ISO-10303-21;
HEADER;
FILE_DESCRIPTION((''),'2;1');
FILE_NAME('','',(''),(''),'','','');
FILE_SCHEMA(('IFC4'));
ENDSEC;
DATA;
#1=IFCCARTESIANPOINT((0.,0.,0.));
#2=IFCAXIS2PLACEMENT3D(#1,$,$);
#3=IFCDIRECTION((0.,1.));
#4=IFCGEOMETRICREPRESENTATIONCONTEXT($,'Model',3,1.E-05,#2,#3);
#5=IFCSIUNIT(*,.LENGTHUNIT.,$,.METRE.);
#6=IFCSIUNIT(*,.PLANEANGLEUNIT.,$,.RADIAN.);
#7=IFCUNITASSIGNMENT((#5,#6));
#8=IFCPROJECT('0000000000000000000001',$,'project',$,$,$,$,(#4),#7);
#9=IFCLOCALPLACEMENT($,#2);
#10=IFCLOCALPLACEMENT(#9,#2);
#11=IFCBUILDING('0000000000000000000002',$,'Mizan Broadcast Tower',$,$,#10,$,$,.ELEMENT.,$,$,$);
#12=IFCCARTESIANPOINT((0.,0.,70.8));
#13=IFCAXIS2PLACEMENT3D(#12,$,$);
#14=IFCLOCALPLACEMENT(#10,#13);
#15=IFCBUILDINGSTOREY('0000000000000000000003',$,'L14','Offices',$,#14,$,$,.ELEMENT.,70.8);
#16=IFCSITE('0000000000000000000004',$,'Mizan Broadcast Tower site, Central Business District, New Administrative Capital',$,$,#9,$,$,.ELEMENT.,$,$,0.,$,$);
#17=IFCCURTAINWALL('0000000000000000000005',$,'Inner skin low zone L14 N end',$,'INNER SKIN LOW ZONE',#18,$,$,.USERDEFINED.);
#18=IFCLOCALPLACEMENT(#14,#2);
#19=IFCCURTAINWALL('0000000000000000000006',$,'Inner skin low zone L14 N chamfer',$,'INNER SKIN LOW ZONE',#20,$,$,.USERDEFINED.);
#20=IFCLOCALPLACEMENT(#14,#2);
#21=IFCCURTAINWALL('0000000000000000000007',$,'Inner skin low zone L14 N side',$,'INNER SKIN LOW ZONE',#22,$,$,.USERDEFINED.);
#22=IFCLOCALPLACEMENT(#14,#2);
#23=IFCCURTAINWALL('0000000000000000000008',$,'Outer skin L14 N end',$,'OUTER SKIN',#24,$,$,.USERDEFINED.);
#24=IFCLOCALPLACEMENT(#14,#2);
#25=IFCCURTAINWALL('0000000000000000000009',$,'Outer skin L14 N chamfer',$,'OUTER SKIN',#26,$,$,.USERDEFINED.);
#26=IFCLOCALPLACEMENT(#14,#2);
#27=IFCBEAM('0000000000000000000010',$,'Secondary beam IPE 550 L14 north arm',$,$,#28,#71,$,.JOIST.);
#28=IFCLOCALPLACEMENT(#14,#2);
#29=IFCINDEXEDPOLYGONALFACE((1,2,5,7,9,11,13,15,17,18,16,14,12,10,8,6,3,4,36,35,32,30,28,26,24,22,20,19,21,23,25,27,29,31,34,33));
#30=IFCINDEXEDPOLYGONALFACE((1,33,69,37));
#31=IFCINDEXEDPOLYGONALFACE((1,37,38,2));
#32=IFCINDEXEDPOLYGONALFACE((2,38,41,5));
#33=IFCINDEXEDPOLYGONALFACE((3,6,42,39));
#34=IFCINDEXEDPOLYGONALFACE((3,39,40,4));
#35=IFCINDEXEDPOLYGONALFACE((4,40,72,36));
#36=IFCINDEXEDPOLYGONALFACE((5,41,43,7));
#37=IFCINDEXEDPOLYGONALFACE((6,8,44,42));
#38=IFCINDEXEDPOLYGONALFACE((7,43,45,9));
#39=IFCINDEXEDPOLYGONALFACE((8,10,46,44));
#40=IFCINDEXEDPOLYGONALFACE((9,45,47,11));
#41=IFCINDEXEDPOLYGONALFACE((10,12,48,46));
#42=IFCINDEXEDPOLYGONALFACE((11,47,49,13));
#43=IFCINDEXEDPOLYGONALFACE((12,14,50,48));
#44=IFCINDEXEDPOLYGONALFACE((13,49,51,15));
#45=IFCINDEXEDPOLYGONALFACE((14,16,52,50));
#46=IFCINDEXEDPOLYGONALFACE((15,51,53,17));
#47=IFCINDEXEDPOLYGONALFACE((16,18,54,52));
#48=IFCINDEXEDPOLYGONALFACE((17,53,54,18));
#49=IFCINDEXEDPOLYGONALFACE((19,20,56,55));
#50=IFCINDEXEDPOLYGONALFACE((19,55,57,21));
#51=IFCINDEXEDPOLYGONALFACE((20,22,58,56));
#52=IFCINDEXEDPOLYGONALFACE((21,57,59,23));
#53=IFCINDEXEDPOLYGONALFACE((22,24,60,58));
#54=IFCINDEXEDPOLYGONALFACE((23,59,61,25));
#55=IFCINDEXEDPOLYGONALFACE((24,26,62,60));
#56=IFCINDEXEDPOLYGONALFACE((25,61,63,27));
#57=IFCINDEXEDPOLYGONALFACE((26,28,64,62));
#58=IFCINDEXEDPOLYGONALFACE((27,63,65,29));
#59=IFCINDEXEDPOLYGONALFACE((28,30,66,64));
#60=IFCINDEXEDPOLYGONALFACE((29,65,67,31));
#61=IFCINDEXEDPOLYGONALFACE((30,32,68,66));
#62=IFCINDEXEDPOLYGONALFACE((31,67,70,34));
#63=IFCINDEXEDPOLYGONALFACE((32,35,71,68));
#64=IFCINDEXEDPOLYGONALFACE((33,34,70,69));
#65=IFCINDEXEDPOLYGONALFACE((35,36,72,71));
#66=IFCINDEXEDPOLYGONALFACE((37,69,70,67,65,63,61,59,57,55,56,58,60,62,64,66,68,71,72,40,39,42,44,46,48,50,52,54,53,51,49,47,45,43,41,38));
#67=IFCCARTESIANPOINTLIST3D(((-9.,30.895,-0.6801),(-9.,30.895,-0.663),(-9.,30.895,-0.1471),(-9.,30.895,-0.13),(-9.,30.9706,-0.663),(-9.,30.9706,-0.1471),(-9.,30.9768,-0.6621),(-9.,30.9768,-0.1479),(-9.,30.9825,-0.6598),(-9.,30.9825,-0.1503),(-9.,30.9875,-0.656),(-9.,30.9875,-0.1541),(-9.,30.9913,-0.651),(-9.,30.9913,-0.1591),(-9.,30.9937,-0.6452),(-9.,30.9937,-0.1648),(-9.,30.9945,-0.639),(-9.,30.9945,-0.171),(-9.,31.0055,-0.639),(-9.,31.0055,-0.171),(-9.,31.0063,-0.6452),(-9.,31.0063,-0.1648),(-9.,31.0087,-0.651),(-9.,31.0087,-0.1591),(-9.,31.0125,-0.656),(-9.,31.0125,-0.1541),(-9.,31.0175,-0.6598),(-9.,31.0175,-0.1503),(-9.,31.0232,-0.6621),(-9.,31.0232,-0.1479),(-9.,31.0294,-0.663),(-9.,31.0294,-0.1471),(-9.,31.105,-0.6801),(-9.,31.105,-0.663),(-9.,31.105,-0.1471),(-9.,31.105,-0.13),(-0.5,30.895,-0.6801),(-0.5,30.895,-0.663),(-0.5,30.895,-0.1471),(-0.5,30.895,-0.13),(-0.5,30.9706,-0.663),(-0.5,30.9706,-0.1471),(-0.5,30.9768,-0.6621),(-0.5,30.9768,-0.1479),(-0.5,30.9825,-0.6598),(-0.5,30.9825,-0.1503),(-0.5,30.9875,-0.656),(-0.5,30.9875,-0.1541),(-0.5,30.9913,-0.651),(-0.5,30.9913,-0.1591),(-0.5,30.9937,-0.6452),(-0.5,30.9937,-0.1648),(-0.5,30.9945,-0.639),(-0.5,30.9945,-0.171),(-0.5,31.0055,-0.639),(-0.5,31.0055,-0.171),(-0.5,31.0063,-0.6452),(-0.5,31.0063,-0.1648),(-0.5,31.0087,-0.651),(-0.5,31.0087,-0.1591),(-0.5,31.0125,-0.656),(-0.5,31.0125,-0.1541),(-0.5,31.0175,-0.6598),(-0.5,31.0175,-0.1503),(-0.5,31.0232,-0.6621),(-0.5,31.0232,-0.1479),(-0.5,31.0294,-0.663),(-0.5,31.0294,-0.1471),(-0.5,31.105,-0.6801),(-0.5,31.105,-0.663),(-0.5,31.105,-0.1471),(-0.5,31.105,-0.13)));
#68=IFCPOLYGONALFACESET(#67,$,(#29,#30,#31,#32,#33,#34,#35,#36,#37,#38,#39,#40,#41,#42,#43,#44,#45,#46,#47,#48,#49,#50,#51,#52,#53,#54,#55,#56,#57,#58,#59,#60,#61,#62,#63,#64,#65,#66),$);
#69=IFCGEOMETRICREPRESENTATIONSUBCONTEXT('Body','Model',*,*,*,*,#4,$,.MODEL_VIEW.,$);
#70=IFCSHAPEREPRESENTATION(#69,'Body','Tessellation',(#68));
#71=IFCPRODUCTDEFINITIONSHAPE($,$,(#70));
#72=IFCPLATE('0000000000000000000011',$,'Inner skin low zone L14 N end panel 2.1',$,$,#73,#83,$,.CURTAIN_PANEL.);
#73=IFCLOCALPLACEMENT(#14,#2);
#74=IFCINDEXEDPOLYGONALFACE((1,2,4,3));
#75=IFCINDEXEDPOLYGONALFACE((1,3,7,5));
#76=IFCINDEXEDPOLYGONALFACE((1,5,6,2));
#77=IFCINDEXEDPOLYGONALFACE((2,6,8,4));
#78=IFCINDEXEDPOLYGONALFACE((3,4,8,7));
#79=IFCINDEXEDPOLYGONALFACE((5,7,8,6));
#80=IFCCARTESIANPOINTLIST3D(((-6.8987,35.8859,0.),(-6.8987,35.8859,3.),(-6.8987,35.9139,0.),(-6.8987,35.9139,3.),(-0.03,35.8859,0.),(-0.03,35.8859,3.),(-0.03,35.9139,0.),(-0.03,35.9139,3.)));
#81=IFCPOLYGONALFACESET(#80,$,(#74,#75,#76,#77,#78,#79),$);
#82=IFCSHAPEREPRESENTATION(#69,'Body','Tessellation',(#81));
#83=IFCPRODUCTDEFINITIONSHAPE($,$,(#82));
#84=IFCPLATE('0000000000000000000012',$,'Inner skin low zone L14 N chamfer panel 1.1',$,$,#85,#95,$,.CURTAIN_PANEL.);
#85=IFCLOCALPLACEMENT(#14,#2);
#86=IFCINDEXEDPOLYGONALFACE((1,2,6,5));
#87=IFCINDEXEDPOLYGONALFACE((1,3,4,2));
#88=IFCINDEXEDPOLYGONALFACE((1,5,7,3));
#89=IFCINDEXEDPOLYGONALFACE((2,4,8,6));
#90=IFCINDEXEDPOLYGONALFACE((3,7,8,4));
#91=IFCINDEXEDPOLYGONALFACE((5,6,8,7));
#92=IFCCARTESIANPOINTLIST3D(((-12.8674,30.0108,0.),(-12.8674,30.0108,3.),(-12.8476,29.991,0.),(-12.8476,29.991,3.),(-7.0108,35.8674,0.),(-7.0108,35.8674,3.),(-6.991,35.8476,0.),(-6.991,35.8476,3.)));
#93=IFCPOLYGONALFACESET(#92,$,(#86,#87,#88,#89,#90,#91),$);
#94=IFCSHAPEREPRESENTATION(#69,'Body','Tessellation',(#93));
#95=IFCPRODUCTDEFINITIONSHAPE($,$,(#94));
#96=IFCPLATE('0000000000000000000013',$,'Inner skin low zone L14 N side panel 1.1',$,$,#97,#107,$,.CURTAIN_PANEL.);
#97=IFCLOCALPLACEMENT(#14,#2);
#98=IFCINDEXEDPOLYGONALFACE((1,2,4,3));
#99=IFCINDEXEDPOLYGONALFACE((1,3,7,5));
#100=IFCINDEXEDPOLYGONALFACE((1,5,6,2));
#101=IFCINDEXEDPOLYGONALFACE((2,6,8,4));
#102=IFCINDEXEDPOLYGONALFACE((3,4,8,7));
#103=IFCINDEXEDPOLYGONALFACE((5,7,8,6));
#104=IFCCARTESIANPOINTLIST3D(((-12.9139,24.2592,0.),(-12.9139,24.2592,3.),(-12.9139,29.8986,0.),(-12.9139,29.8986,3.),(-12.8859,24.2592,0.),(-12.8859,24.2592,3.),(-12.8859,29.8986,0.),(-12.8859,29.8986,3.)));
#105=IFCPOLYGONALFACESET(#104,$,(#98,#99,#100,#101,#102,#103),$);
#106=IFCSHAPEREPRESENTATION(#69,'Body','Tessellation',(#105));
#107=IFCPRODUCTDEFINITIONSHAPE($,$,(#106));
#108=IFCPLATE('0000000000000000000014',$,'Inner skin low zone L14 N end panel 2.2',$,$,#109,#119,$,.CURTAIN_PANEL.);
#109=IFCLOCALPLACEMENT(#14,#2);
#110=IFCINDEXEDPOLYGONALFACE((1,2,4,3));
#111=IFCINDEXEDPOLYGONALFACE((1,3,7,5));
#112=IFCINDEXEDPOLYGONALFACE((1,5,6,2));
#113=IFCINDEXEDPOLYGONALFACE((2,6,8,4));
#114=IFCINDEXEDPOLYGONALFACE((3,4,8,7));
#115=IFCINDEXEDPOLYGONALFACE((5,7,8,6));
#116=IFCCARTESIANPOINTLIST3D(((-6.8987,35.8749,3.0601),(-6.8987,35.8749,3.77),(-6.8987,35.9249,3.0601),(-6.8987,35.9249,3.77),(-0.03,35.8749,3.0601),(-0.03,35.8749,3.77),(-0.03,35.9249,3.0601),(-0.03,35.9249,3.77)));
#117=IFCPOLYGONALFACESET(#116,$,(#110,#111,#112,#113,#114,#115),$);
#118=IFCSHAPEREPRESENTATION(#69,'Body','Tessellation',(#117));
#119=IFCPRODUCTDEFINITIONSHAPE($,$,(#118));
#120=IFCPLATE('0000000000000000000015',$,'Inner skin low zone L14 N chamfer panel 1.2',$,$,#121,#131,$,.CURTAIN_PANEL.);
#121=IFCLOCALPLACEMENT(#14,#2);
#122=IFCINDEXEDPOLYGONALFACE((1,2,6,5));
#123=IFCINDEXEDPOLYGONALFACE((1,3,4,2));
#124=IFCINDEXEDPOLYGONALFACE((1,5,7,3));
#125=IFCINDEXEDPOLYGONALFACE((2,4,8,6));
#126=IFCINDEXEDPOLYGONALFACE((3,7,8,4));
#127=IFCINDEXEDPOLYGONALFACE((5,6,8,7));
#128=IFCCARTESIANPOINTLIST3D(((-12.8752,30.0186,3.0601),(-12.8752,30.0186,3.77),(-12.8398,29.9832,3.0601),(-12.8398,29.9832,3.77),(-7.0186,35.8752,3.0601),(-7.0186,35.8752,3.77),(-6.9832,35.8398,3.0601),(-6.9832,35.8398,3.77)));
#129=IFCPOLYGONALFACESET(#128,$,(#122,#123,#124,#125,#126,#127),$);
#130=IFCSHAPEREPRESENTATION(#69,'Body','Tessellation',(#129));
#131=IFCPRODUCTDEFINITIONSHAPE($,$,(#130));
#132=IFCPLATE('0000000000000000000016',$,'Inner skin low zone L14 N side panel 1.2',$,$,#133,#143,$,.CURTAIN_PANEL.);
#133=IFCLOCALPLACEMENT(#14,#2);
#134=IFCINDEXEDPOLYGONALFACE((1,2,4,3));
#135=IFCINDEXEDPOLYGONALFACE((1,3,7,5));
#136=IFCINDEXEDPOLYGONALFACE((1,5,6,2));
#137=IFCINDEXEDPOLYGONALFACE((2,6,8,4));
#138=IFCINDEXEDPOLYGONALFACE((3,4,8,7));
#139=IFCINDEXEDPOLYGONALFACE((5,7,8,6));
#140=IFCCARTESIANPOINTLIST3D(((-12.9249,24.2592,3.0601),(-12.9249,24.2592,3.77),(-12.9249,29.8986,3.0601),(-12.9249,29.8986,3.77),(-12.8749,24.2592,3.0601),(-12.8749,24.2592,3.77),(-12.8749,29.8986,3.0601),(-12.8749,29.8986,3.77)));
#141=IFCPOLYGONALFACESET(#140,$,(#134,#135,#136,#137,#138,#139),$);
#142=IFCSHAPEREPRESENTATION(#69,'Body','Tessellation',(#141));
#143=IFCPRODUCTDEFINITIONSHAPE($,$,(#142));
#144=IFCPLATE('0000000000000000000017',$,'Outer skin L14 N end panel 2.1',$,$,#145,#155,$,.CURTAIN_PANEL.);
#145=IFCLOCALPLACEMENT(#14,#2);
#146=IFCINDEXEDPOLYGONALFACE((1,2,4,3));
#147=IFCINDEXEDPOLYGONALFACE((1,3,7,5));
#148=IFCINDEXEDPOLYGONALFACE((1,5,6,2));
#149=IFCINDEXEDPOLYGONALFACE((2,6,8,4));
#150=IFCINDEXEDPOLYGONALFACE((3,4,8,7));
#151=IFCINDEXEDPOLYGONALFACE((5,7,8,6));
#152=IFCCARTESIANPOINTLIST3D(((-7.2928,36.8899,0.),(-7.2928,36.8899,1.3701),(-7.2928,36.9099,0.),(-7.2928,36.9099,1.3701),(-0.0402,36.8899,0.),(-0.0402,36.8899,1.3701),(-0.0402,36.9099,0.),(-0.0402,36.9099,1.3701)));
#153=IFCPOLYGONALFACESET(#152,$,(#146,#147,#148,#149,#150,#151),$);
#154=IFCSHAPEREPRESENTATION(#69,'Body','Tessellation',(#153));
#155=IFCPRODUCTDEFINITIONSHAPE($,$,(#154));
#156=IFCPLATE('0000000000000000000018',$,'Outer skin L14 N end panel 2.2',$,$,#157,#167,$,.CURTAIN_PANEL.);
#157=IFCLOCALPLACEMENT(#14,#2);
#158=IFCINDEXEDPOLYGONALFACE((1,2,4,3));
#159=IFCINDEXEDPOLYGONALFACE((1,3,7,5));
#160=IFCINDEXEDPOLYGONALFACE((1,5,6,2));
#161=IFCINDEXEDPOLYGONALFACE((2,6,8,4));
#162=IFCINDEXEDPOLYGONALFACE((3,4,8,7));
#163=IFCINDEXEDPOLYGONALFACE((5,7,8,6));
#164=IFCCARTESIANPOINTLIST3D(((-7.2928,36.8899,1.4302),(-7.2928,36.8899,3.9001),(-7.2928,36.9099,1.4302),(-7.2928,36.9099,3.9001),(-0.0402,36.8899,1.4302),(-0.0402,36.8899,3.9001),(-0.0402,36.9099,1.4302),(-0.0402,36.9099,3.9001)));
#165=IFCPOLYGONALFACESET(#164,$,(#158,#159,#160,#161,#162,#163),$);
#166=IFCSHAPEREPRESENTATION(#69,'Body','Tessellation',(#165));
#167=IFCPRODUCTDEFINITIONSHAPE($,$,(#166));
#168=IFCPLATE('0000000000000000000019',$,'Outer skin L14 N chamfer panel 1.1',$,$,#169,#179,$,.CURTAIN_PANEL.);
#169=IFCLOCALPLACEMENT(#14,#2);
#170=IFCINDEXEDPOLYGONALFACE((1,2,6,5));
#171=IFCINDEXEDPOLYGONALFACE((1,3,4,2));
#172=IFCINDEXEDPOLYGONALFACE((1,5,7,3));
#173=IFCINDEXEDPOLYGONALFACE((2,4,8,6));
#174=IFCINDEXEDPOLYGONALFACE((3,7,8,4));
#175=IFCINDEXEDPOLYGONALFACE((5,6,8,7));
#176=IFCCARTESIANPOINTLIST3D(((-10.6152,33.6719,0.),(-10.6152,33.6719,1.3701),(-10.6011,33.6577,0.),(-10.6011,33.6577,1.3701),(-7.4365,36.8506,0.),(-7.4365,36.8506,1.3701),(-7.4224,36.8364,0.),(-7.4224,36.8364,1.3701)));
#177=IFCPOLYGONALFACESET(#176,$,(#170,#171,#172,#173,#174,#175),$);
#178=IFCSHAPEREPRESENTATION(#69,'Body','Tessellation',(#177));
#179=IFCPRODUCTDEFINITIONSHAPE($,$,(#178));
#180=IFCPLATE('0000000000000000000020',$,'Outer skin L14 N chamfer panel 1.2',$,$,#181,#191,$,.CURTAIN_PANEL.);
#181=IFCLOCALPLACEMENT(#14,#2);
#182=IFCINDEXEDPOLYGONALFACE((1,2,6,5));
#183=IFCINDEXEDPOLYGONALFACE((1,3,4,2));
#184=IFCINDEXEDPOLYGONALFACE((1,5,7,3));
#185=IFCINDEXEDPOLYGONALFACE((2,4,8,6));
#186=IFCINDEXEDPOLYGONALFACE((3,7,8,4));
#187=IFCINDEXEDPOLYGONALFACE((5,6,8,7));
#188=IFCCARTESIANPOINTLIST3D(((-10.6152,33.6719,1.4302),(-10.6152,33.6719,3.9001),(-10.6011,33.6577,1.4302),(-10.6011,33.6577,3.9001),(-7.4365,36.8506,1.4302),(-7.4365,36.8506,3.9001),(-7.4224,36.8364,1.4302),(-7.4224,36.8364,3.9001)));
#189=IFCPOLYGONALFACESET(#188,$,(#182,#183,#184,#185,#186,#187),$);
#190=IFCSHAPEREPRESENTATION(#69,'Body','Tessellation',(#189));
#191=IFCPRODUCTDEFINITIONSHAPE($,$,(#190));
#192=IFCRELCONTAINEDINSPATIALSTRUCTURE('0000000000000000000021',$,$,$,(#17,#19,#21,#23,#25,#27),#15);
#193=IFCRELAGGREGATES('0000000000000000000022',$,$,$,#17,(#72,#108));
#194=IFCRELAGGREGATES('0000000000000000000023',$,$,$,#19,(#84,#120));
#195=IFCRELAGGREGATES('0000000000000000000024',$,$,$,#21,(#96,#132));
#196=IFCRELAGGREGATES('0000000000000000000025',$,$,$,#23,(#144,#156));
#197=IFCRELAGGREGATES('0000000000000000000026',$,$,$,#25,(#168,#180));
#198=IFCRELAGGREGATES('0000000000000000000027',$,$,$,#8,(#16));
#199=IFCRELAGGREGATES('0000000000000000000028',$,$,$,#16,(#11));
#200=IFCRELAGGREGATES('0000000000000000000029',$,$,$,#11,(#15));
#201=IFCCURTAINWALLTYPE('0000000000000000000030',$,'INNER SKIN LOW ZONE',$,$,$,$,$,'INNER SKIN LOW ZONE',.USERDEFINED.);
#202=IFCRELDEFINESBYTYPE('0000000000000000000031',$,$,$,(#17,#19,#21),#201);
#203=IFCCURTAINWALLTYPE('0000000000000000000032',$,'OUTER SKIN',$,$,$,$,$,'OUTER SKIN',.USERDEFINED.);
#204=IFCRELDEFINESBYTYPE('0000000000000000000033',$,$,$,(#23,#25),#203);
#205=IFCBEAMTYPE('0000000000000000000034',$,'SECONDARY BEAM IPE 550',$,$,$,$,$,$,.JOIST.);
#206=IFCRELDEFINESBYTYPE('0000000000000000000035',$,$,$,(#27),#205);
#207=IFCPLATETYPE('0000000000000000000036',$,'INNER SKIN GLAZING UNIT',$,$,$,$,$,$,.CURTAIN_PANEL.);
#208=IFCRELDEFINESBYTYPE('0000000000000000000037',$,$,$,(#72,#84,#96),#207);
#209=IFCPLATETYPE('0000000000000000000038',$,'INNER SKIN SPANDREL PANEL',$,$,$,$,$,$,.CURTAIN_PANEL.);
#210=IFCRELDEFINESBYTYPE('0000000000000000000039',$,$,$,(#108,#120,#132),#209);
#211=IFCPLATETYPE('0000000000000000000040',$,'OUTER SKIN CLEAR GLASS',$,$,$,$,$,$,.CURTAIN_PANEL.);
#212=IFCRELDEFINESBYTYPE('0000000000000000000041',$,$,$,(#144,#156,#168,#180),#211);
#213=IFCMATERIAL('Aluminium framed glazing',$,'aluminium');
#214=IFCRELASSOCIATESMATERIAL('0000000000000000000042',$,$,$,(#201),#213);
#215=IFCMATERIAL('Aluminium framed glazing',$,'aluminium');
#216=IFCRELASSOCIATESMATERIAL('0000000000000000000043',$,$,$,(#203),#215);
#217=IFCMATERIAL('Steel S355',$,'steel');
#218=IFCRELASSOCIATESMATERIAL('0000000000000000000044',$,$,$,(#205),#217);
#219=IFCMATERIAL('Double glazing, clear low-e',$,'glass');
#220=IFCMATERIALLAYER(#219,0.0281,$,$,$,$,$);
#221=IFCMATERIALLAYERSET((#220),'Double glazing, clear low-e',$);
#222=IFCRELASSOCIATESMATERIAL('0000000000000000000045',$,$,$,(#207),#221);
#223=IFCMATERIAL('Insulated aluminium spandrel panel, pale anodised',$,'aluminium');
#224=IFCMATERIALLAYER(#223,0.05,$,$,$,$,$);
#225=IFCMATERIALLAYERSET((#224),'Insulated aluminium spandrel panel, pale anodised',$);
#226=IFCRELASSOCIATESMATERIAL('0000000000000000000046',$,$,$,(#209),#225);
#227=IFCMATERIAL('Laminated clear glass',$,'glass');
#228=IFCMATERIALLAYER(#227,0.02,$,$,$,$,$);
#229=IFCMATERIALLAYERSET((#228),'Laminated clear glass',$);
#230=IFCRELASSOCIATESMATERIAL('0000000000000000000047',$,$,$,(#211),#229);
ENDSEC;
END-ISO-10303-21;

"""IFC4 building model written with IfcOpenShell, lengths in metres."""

from ifc_helpers import new_model, si_unit, direction, frame, origin, origin_2d, place, context, subcontext, project, spatial, rectangle, i_section, extrude, material, layer, layer_set, material_profile, profile_set, type_object, element, aggregate, save


model = new_model("IFC4")

# Units and contexts
model_context = context("Model", 3, precision=1e-05, world=origin(), true_north=direction((0.0, 1.0)))
body_context = subcontext(model_context, "Body", "Model", "MODEL_VIEW")
ifc_project = project(units=[si_unit("LENGTHUNIT", "METRE"), si_unit("PLANEANGLEUNIT", "RADIAN")], contexts=[model_context])

# Site, building, storey
site_placement = place(None, origin())
site = spatial("IfcSite", under=ifc_project, at=site_placement, Name="Mizan Broadcast Tower site, Central Business District, New Administrative Capital", CompositionType="ELEMENT", RefElevation=0.0)
building_placement = place(site_placement, origin())
building = spatial("IfcBuilding", under=site, at=building_placement, Name="Mizan Broadcast Tower", CompositionType="ELEMENT")
storey_placement = place(building_placement, frame((0.0, 0.0, 70.8)))
storey = spatial("IfcBuildingStorey", under=building, at=storey_placement, Name="L14", Description="Offices", CompositionType="ELEMENT", Elevation=70.8)

# Curtain walls
ifc_material_1 = material(Name="Aluminium framed glazing", Category="aluminium")
curtain_wall_type_1 = type_object("IfcCurtainWallType", Name="INNER SKIN LOW ZONE", ElementType="INNER SKIN LOW ZONE", PredefinedType="USERDEFINED", material=ifc_material_1)
curtain_wall_1_placement = place(storey_placement, origin())
curtain_wall_1 = element("IfcCurtainWall", 1, at=curtain_wall_1_placement, inside=storey, type_object=curtain_wall_type_1, Name="Inner skin low zone L14 N end", ObjectType="INNER SKIN LOW ZONE", PredefinedType="USERDEFINED")
curtain_wall_2_placement = place(storey_placement, origin())
curtain_wall_2 = element("IfcCurtainWall", 2, at=curtain_wall_2_placement, inside=storey, type_object=curtain_wall_type_1, Name="Inner skin low zone L14 N chamfer", ObjectType="INNER SKIN LOW ZONE", PredefinedType="USERDEFINED")
curtain_wall_3_placement = place(storey_placement, origin())
curtain_wall_3 = element("IfcCurtainWall", 3, at=curtain_wall_3_placement, inside=storey, type_object=curtain_wall_type_1, Name="Inner skin low zone L14 N side", ObjectType="INNER SKIN LOW ZONE", PredefinedType="USERDEFINED")

# Curtain walls
ifc_material_2 = material(Name="Aluminium framed glazing", Category="aluminium")
curtain_wall_type_2 = type_object("IfcCurtainWallType", Name="OUTER SKIN", ElementType="OUTER SKIN", PredefinedType="USERDEFINED", material=ifc_material_2)
curtain_wall_4_placement = place(storey_placement, origin())
curtain_wall_4 = element("IfcCurtainWall", 4, at=curtain_wall_4_placement, inside=storey, type_object=curtain_wall_type_2, Name="Outer skin L14 N end", ObjectType="OUTER SKIN", PredefinedType="USERDEFINED")
curtain_wall_5_placement = place(storey_placement, origin())
curtain_wall_5 = element("IfcCurtainWall", 5, at=curtain_wall_5_placement, inside=storey, type_object=curtain_wall_type_2, Name="Outer skin L14 N chamfer", ObjectType="OUTER SKIN", PredefinedType="USERDEFINED")

# Beam
ifc_material_3 = material(Name="Steel S355", Category="steel")
ifc_material_profile_1 = material_profile(ifc_material_3, i_section(OverallWidth=0.21, OverallDepth=0.55, WebThickness=0.011, FlangeThickness=0.0171, FilletRadius=0.0239, at=origin_2d()), Name="IPE 550")
ifc_profile_set_1 = profile_set([ifc_material_profile_1], Name="Steel S355")
beam_type_1 = type_object("IfcBeamType", Name="SECONDARY BEAM IPE 550", PredefinedType="JOIST", material=ifc_profile_set_1)
beam_1_placement = place(storey_placement, frame((-9.0, 31.0, -0.405), z_axis=(1.0, 0.0, 0.0), x_axis=(0.0, 1.0, 0.0)))
element("IfcBeam", 6, at=beam_1_placement, inside=storey, type_object=beam_type_1, Name="Secondary beam IPE 550 L14 north arm", PredefinedType="JOIST", context=body_context, shape_type="SweptSolid", body=[
    extrude(i_section(OverallWidth=0.21, OverallDepth=0.55, WebThickness=0.011, FlangeThickness=0.0171, FilletRadius=0.0239, at=origin_2d()), origin(), (0.0, 0.0, 1.0), 8.5),
])

# Plates
ifc_material_4 = material(Name="Double glazing, clear low-e", Category="glass")
ifc_layer_1 = layer(ifc_material_4, 0.0281)
ifc_layer_set_1 = layer_set([ifc_layer_1], Name="Double glazing, clear low-e")
plate_type_1 = type_object("IfcPlateType", Name="INNER SKIN GLAZING UNIT", PredefinedType="CURTAIN_PANEL", material=ifc_layer_set_1)
plate_1_placement = place(storey_placement, frame((-3.4644, 35.8999, 0.0), z_axis=(0.0, 0.0, 1.0), x_axis=(-1.0, 0.0, 0.0)))
plate_1 = element("IfcPlate", 7, at=plate_1_placement, type_object=plate_type_1, Name="Inner skin low zone L14 N end panel 2.1", PredefinedType="CURTAIN_PANEL", context=body_context, shape_type="SweptSolid", body=[
    extrude(rectangle(XDim=6.8687, YDim=0.0281, at=origin_2d()), origin(), (0.0, 0.0, 1.0), 3.0),
])
plate_2_placement = place(storey_placement, frame((-9.9292, 32.9292, 0.0), z_axis=(0.0, 0.0, 1.0), x_axis=(-0.707107, -0.707107, 0.0)))
plate_2 = element("IfcPlate", 8, at=plate_2_placement, type_object=plate_type_1, Name="Inner skin low zone L14 N chamfer panel 1.1", PredefinedType="CURTAIN_PANEL", context=body_context, shape_type="SweptSolid", body=[
    extrude(rectangle(XDim=8.2825, YDim=0.0281, at=origin_2d()), origin(), (0.0, 0.0, 1.0), 3.0),
])
plate_3_placement = place(storey_placement, frame((-12.8999, 27.0789, 0.0), z_axis=(0.0, 0.0, 1.0), x_axis=(0.0, -1.0, 0.0)))
plate_3 = element("IfcPlate", 9, at=plate_3_placement, type_object=plate_type_1, Name="Inner skin low zone L14 N side panel 1.1", PredefinedType="CURTAIN_PANEL", context=body_context, shape_type="SweptSolid", body=[
    extrude(rectangle(XDim=5.6394, YDim=0.0281, at=origin_2d()), origin(), (0.0, 0.0, 1.0), 3.0),
])
ifc_material_5 = material(Name="Insulated aluminium spandrel panel, pale anodised", Category="aluminium")
ifc_layer_2 = layer(ifc_material_5, 0.05)
ifc_layer_set_2 = layer_set([ifc_layer_2], Name="Insulated aluminium spandrel panel, pale anodised")
plate_type_2 = type_object("IfcPlateType", Name="INNER SKIN SPANDREL PANEL", PredefinedType="CURTAIN_PANEL", material=ifc_layer_set_2)
plate_4_placement = place(storey_placement, frame((-3.4644, 35.8999, 3.0601), z_axis=(0.0, 0.0, 1.0), x_axis=(-1.0, 0.0, 0.0)))
plate_4 = element("IfcPlate", 10, at=plate_4_placement, type_object=plate_type_2, Name="Inner skin low zone L14 N end panel 2.2", PredefinedType="CURTAIN_PANEL", context=body_context, shape_type="SweptSolid", body=[
    extrude(rectangle(XDim=6.8687, YDim=0.05, at=origin_2d()), origin(), (0.0, 0.0, 1.0), 0.71),
])
aggregate(curtain_wall_1, [plate_1, plate_4])
plate_5_placement = place(storey_placement, frame((-9.9292, 32.9292, 3.0601), z_axis=(0.0, 0.0, 1.0), x_axis=(-0.707107, -0.707107, 0.0)))
plate_5 = element("IfcPlate", 11, at=plate_5_placement, type_object=plate_type_2, Name="Inner skin low zone L14 N chamfer panel 1.2", PredefinedType="CURTAIN_PANEL", context=body_context, shape_type="SweptSolid", body=[
    extrude(rectangle(XDim=8.2825, YDim=0.05, at=origin_2d()), origin(), (0.0, 0.0, 1.0), 0.71),
])
aggregate(curtain_wall_2, [plate_2, plate_5])
plate_6_placement = place(storey_placement, frame((-12.8999, 27.0789, 3.0601), z_axis=(0.0, 0.0, 1.0), x_axis=(0.0, -1.0, 0.0)))
plate_6 = element("IfcPlate", 12, at=plate_6_placement, type_object=plate_type_2, Name="Inner skin low zone L14 N side panel 1.2", PredefinedType="CURTAIN_PANEL", context=body_context, shape_type="SweptSolid", body=[
    extrude(rectangle(XDim=5.6394, YDim=0.05, at=origin_2d()), origin(), (0.0, 0.0, 1.0), 0.71),
])
aggregate(curtain_wall_3, [plate_3, plate_6])
ifc_material_6 = material(Name="Laminated clear glass", Category="glass")
ifc_layer_3 = layer(ifc_material_6, 0.02)
ifc_layer_set_3 = layer_set([ifc_layer_3], Name="Laminated clear glass")
plate_type_3 = type_object("IfcPlateType", Name="OUTER SKIN CLEAR GLASS", PredefinedType="CURTAIN_PANEL", material=ifc_layer_set_3)
plate_7_placement = place(storey_placement, frame((-3.6665, 36.8999, 0.0), z_axis=(0.0, 0.0, 1.0), x_axis=(-1.0, 0.0, 0.0)))
plate_7 = element("IfcPlate", 13, at=plate_7_placement, type_object=plate_type_3, Name="Outer skin L14 N end panel 2.1", PredefinedType="CURTAIN_PANEL", context=body_context, shape_type="SweptSolid", body=[
    extrude(rectangle(XDim=7.2527, YDim=0.02, at=origin_2d()), origin(), (0.0, 0.0, 1.0), 1.3701),
])
plate_8_placement = place(storey_placement, frame((-3.6665, 36.8999, 1.4302), z_axis=(0.0, 0.0, 1.0), x_axis=(-1.0, 0.0, 0.0)))
plate_8 = element("IfcPlate", 14, at=plate_8_placement, type_object=plate_type_3, Name="Outer skin L14 N end panel 2.2", PredefinedType="CURTAIN_PANEL", context=body_context, shape_type="SweptSolid", body=[
    extrude(rectangle(XDim=7.2527, YDim=0.02, at=origin_2d()), origin(), (0.0, 0.0, 1.0), 2.47),
])
aggregate(curtain_wall_4, [plate_7, plate_8])
plate_9_placement = place(storey_placement, frame((-9.0188, 35.2542, 0.0), z_axis=(0.0, 0.0, 1.0), x_axis=(-0.707107, -0.707107, 0.0)))
plate_9 = element("IfcPlate", 15, at=plate_9_placement, type_object=plate_type_3, Name="Outer skin L14 N chamfer panel 1.1", PredefinedType="CURTAIN_PANEL", context=body_context, shape_type="SweptSolid", body=[
    extrude(rectangle(XDim=4.4954, YDim=0.02, at=origin_2d()), origin(), (0.0, 0.0, 1.0), 1.3701),
])
plate_10_placement = place(storey_placement, frame((-9.0188, 35.2542, 1.4302), z_axis=(0.0, 0.0, 1.0), x_axis=(-0.707107, -0.707107, 0.0)))
plate_10 = element("IfcPlate", 16, at=plate_10_placement, type_object=plate_type_3, Name="Outer skin L14 N chamfer panel 1.2", PredefinedType="CURTAIN_PANEL", context=body_context, shape_type="SweptSolid", body=[
    extrude(rectangle(XDim=4.4954, YDim=0.02, at=origin_2d()), origin(), (0.0, 0.0, 1.0), 2.47),
])
aggregate(curtain_wall_5, [plate_9, plate_10])

save(model, "model.ifc")
